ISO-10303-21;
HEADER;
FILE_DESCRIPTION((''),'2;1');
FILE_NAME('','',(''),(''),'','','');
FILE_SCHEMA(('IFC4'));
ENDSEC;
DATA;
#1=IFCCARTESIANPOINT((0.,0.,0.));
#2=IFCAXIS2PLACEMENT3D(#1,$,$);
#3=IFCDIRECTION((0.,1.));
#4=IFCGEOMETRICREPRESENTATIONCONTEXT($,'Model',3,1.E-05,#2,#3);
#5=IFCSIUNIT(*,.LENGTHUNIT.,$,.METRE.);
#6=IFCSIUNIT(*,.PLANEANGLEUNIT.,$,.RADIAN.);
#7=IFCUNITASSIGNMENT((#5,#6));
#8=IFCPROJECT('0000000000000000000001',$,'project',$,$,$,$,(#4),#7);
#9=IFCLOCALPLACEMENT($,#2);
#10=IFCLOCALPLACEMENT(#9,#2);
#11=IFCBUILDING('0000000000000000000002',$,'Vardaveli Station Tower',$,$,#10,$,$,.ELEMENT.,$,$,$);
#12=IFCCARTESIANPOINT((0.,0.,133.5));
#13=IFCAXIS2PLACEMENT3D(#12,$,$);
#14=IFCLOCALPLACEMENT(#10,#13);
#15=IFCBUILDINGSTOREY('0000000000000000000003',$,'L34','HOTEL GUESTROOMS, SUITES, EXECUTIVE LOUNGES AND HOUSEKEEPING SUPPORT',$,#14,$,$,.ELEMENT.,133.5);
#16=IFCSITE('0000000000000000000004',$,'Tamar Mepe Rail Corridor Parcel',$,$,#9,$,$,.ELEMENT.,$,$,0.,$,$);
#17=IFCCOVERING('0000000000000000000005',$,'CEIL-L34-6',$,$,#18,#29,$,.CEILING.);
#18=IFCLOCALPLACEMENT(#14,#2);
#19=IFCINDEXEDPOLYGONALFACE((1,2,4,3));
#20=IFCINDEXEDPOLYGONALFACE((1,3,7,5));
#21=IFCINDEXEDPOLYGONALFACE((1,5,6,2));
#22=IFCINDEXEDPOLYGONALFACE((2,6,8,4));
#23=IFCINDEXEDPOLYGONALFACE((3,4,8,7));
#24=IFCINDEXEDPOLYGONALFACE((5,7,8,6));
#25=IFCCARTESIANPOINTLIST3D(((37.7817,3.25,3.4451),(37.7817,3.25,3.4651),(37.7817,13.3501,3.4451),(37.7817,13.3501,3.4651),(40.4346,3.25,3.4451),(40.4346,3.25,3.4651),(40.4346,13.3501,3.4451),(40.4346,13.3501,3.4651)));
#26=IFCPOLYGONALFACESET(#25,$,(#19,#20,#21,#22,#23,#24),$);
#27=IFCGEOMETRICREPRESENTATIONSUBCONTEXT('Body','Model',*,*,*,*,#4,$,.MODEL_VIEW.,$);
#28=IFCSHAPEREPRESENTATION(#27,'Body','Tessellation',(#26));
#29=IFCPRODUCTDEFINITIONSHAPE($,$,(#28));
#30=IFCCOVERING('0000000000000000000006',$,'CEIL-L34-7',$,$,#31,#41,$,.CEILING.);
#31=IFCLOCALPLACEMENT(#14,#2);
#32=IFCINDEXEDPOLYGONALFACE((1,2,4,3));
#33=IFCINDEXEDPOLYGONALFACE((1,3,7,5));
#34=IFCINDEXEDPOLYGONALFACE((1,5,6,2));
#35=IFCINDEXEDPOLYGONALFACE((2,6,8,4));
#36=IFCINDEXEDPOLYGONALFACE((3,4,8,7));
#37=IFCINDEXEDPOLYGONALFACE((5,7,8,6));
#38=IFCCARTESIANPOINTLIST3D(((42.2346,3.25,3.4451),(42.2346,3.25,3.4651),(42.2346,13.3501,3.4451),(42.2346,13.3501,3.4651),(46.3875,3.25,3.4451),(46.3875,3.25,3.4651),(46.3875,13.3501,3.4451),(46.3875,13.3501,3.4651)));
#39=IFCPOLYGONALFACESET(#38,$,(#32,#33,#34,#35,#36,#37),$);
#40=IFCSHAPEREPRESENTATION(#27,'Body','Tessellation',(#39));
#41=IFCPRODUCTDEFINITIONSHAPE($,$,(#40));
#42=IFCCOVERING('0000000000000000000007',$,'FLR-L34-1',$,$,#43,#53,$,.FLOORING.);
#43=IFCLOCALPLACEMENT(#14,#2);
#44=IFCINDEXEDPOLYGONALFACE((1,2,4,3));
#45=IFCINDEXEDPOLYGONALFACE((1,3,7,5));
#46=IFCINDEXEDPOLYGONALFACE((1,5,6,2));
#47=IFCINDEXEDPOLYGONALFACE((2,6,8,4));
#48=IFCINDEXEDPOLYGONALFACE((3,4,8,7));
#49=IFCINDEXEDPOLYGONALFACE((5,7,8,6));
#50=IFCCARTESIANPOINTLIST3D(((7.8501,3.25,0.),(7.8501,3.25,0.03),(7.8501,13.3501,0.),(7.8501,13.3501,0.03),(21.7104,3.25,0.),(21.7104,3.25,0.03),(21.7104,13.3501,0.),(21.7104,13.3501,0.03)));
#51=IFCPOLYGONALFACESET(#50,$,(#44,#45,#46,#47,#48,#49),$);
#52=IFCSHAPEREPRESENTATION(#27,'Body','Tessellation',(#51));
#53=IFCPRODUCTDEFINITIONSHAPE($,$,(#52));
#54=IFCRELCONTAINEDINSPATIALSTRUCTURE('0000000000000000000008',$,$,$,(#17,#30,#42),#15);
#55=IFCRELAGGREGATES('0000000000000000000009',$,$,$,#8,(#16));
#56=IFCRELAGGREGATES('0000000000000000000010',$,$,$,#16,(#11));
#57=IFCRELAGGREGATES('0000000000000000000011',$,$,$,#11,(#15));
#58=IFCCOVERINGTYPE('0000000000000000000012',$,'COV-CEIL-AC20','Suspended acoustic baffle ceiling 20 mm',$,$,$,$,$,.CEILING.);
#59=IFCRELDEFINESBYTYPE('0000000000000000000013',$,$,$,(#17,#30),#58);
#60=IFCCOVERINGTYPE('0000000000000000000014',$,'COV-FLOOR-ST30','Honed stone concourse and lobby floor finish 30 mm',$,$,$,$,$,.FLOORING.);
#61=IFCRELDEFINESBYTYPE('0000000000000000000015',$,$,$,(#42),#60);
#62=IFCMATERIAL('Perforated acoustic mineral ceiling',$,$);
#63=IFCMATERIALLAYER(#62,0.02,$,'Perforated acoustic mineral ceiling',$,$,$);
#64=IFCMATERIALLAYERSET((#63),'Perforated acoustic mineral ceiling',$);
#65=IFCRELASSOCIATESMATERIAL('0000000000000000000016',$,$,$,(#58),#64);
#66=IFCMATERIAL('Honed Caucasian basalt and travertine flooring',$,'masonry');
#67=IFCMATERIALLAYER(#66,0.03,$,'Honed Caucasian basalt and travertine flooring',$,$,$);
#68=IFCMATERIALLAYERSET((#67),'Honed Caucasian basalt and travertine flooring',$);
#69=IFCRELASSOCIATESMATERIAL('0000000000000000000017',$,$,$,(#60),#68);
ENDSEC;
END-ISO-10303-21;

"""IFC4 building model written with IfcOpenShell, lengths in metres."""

from ifc_helpers import new_model, si_unit, direction, frame, origin, place, context, subcontext, project, spatial, polyline, outline, extrude, material, layer, layer_set, type_object, element, save


model = new_model("IFC4")

# Units and contexts
model_context = context("Model", 3, precision=1e-05, world=origin(), true_north=direction((0.0, 1.0)))
body_context = subcontext(model_context, "Body", "Model", "MODEL_VIEW")
ifc_project = project(units=[si_unit("LENGTHUNIT", "METRE"), si_unit("PLANEANGLEUNIT", "RADIAN")], contexts=[model_context])

# Site, building, storey
site_placement = place(None, origin())
site = spatial("IfcSite", under=ifc_project, at=site_placement, Name="Tamar Mepe Rail Corridor Parcel", CompositionType="ELEMENT", RefElevation=0.0)
building_placement = place(site_placement, origin())
building = spatial("IfcBuilding", under=site, at=building_placement, Name="Vardaveli Station Tower", CompositionType="ELEMENT")
storey_placement = place(building_placement, frame((0.0, 0.0, 133.5)))
storey = spatial("IfcBuildingStorey", under=building, at=storey_placement, Name="L34", Description="HOTEL GUESTROOMS, SUITES, EXECUTIVE LOUNGES AND HOUSEKEEPING SUPPORT", CompositionType="ELEMENT", Elevation=133.5)

# Coverings
ifc_material_1 = material(Name="Perforated acoustic mineral ceiling")
ifc_layer_1 = layer(ifc_material_1, 0.02, Name="Perforated acoustic mineral ceiling")
ifc_layer_set_1 = layer_set([ifc_layer_1], Name="Perforated acoustic mineral ceiling")
covering_type_1 = type_object("IfcCoveringType", Name="COV-CEIL-AC20", Description="Suspended acoustic baffle ceiling 20 mm", PredefinedType="CEILING", material=ifc_layer_set_1)
covering_1_placement = place(storey_placement, frame((0.0, 0.0, 3.4451)))
element("IfcCovering", 1, at=covering_1_placement, inside=storey, type_object=covering_type_1, Name="CEIL-L34-6", PredefinedType="CEILING", context=body_context, shape_type="SweptSolid", body=[
    extrude(outline(polyline([(37.7817, 3.25), (40.4346, 3.25), (40.4346, 13.3501), (37.7817, 13.3501), (37.7817, 3.25)])), origin(), (0.0, 0.0, 1.0), 0.02),
])
covering_2_placement = place(storey_placement, frame((0.0, 0.0, 3.4451)))
element("IfcCovering", 2, at=covering_2_placement, inside=storey, type_object=covering_type_1, Name="CEIL-L34-7", PredefinedType="CEILING", context=body_context, shape_type="SweptSolid", body=[
    extrude(outline(polyline([(42.2346, 3.25), (46.3875, 3.25), (46.3875, 13.3501), (42.2346, 13.3501), (42.2346, 3.25)])), origin(), (0.0, 0.0, 1.0), 0.02),
])
ifc_material_2 = material(Name="Honed Caucasian basalt and travertine flooring", Category="masonry")
ifc_layer_2 = layer(ifc_material_2, 0.03, Name="Honed Caucasian basalt and travertine flooring")
ifc_layer_set_2 = layer_set([ifc_layer_2], Name="Honed Caucasian basalt and travertine flooring")
covering_type_2 = type_object("IfcCoveringType", Name="COV-FLOOR-ST30", Description="Honed stone concourse and lobby floor finish 30 mm", PredefinedType="FLOORING", material=ifc_layer_set_2)
covering_3_placement = place(storey_placement, origin())
element("IfcCovering", 3, at=covering_3_placement, inside=storey, type_object=covering_type_2, Name="FLR-L34-1", PredefinedType="FLOORING", context=body_context, shape_type="SweptSolid", body=[
    extrude(outline(polyline([(7.8501, 3.25), (21.7104, 3.25), (21.7104, 13.3501), (7.8501, 13.3501), (7.8501, 3.25)])), origin(), (0.0, 0.0, 1.0), 0.03),
])

save(model, "model.ifc")
